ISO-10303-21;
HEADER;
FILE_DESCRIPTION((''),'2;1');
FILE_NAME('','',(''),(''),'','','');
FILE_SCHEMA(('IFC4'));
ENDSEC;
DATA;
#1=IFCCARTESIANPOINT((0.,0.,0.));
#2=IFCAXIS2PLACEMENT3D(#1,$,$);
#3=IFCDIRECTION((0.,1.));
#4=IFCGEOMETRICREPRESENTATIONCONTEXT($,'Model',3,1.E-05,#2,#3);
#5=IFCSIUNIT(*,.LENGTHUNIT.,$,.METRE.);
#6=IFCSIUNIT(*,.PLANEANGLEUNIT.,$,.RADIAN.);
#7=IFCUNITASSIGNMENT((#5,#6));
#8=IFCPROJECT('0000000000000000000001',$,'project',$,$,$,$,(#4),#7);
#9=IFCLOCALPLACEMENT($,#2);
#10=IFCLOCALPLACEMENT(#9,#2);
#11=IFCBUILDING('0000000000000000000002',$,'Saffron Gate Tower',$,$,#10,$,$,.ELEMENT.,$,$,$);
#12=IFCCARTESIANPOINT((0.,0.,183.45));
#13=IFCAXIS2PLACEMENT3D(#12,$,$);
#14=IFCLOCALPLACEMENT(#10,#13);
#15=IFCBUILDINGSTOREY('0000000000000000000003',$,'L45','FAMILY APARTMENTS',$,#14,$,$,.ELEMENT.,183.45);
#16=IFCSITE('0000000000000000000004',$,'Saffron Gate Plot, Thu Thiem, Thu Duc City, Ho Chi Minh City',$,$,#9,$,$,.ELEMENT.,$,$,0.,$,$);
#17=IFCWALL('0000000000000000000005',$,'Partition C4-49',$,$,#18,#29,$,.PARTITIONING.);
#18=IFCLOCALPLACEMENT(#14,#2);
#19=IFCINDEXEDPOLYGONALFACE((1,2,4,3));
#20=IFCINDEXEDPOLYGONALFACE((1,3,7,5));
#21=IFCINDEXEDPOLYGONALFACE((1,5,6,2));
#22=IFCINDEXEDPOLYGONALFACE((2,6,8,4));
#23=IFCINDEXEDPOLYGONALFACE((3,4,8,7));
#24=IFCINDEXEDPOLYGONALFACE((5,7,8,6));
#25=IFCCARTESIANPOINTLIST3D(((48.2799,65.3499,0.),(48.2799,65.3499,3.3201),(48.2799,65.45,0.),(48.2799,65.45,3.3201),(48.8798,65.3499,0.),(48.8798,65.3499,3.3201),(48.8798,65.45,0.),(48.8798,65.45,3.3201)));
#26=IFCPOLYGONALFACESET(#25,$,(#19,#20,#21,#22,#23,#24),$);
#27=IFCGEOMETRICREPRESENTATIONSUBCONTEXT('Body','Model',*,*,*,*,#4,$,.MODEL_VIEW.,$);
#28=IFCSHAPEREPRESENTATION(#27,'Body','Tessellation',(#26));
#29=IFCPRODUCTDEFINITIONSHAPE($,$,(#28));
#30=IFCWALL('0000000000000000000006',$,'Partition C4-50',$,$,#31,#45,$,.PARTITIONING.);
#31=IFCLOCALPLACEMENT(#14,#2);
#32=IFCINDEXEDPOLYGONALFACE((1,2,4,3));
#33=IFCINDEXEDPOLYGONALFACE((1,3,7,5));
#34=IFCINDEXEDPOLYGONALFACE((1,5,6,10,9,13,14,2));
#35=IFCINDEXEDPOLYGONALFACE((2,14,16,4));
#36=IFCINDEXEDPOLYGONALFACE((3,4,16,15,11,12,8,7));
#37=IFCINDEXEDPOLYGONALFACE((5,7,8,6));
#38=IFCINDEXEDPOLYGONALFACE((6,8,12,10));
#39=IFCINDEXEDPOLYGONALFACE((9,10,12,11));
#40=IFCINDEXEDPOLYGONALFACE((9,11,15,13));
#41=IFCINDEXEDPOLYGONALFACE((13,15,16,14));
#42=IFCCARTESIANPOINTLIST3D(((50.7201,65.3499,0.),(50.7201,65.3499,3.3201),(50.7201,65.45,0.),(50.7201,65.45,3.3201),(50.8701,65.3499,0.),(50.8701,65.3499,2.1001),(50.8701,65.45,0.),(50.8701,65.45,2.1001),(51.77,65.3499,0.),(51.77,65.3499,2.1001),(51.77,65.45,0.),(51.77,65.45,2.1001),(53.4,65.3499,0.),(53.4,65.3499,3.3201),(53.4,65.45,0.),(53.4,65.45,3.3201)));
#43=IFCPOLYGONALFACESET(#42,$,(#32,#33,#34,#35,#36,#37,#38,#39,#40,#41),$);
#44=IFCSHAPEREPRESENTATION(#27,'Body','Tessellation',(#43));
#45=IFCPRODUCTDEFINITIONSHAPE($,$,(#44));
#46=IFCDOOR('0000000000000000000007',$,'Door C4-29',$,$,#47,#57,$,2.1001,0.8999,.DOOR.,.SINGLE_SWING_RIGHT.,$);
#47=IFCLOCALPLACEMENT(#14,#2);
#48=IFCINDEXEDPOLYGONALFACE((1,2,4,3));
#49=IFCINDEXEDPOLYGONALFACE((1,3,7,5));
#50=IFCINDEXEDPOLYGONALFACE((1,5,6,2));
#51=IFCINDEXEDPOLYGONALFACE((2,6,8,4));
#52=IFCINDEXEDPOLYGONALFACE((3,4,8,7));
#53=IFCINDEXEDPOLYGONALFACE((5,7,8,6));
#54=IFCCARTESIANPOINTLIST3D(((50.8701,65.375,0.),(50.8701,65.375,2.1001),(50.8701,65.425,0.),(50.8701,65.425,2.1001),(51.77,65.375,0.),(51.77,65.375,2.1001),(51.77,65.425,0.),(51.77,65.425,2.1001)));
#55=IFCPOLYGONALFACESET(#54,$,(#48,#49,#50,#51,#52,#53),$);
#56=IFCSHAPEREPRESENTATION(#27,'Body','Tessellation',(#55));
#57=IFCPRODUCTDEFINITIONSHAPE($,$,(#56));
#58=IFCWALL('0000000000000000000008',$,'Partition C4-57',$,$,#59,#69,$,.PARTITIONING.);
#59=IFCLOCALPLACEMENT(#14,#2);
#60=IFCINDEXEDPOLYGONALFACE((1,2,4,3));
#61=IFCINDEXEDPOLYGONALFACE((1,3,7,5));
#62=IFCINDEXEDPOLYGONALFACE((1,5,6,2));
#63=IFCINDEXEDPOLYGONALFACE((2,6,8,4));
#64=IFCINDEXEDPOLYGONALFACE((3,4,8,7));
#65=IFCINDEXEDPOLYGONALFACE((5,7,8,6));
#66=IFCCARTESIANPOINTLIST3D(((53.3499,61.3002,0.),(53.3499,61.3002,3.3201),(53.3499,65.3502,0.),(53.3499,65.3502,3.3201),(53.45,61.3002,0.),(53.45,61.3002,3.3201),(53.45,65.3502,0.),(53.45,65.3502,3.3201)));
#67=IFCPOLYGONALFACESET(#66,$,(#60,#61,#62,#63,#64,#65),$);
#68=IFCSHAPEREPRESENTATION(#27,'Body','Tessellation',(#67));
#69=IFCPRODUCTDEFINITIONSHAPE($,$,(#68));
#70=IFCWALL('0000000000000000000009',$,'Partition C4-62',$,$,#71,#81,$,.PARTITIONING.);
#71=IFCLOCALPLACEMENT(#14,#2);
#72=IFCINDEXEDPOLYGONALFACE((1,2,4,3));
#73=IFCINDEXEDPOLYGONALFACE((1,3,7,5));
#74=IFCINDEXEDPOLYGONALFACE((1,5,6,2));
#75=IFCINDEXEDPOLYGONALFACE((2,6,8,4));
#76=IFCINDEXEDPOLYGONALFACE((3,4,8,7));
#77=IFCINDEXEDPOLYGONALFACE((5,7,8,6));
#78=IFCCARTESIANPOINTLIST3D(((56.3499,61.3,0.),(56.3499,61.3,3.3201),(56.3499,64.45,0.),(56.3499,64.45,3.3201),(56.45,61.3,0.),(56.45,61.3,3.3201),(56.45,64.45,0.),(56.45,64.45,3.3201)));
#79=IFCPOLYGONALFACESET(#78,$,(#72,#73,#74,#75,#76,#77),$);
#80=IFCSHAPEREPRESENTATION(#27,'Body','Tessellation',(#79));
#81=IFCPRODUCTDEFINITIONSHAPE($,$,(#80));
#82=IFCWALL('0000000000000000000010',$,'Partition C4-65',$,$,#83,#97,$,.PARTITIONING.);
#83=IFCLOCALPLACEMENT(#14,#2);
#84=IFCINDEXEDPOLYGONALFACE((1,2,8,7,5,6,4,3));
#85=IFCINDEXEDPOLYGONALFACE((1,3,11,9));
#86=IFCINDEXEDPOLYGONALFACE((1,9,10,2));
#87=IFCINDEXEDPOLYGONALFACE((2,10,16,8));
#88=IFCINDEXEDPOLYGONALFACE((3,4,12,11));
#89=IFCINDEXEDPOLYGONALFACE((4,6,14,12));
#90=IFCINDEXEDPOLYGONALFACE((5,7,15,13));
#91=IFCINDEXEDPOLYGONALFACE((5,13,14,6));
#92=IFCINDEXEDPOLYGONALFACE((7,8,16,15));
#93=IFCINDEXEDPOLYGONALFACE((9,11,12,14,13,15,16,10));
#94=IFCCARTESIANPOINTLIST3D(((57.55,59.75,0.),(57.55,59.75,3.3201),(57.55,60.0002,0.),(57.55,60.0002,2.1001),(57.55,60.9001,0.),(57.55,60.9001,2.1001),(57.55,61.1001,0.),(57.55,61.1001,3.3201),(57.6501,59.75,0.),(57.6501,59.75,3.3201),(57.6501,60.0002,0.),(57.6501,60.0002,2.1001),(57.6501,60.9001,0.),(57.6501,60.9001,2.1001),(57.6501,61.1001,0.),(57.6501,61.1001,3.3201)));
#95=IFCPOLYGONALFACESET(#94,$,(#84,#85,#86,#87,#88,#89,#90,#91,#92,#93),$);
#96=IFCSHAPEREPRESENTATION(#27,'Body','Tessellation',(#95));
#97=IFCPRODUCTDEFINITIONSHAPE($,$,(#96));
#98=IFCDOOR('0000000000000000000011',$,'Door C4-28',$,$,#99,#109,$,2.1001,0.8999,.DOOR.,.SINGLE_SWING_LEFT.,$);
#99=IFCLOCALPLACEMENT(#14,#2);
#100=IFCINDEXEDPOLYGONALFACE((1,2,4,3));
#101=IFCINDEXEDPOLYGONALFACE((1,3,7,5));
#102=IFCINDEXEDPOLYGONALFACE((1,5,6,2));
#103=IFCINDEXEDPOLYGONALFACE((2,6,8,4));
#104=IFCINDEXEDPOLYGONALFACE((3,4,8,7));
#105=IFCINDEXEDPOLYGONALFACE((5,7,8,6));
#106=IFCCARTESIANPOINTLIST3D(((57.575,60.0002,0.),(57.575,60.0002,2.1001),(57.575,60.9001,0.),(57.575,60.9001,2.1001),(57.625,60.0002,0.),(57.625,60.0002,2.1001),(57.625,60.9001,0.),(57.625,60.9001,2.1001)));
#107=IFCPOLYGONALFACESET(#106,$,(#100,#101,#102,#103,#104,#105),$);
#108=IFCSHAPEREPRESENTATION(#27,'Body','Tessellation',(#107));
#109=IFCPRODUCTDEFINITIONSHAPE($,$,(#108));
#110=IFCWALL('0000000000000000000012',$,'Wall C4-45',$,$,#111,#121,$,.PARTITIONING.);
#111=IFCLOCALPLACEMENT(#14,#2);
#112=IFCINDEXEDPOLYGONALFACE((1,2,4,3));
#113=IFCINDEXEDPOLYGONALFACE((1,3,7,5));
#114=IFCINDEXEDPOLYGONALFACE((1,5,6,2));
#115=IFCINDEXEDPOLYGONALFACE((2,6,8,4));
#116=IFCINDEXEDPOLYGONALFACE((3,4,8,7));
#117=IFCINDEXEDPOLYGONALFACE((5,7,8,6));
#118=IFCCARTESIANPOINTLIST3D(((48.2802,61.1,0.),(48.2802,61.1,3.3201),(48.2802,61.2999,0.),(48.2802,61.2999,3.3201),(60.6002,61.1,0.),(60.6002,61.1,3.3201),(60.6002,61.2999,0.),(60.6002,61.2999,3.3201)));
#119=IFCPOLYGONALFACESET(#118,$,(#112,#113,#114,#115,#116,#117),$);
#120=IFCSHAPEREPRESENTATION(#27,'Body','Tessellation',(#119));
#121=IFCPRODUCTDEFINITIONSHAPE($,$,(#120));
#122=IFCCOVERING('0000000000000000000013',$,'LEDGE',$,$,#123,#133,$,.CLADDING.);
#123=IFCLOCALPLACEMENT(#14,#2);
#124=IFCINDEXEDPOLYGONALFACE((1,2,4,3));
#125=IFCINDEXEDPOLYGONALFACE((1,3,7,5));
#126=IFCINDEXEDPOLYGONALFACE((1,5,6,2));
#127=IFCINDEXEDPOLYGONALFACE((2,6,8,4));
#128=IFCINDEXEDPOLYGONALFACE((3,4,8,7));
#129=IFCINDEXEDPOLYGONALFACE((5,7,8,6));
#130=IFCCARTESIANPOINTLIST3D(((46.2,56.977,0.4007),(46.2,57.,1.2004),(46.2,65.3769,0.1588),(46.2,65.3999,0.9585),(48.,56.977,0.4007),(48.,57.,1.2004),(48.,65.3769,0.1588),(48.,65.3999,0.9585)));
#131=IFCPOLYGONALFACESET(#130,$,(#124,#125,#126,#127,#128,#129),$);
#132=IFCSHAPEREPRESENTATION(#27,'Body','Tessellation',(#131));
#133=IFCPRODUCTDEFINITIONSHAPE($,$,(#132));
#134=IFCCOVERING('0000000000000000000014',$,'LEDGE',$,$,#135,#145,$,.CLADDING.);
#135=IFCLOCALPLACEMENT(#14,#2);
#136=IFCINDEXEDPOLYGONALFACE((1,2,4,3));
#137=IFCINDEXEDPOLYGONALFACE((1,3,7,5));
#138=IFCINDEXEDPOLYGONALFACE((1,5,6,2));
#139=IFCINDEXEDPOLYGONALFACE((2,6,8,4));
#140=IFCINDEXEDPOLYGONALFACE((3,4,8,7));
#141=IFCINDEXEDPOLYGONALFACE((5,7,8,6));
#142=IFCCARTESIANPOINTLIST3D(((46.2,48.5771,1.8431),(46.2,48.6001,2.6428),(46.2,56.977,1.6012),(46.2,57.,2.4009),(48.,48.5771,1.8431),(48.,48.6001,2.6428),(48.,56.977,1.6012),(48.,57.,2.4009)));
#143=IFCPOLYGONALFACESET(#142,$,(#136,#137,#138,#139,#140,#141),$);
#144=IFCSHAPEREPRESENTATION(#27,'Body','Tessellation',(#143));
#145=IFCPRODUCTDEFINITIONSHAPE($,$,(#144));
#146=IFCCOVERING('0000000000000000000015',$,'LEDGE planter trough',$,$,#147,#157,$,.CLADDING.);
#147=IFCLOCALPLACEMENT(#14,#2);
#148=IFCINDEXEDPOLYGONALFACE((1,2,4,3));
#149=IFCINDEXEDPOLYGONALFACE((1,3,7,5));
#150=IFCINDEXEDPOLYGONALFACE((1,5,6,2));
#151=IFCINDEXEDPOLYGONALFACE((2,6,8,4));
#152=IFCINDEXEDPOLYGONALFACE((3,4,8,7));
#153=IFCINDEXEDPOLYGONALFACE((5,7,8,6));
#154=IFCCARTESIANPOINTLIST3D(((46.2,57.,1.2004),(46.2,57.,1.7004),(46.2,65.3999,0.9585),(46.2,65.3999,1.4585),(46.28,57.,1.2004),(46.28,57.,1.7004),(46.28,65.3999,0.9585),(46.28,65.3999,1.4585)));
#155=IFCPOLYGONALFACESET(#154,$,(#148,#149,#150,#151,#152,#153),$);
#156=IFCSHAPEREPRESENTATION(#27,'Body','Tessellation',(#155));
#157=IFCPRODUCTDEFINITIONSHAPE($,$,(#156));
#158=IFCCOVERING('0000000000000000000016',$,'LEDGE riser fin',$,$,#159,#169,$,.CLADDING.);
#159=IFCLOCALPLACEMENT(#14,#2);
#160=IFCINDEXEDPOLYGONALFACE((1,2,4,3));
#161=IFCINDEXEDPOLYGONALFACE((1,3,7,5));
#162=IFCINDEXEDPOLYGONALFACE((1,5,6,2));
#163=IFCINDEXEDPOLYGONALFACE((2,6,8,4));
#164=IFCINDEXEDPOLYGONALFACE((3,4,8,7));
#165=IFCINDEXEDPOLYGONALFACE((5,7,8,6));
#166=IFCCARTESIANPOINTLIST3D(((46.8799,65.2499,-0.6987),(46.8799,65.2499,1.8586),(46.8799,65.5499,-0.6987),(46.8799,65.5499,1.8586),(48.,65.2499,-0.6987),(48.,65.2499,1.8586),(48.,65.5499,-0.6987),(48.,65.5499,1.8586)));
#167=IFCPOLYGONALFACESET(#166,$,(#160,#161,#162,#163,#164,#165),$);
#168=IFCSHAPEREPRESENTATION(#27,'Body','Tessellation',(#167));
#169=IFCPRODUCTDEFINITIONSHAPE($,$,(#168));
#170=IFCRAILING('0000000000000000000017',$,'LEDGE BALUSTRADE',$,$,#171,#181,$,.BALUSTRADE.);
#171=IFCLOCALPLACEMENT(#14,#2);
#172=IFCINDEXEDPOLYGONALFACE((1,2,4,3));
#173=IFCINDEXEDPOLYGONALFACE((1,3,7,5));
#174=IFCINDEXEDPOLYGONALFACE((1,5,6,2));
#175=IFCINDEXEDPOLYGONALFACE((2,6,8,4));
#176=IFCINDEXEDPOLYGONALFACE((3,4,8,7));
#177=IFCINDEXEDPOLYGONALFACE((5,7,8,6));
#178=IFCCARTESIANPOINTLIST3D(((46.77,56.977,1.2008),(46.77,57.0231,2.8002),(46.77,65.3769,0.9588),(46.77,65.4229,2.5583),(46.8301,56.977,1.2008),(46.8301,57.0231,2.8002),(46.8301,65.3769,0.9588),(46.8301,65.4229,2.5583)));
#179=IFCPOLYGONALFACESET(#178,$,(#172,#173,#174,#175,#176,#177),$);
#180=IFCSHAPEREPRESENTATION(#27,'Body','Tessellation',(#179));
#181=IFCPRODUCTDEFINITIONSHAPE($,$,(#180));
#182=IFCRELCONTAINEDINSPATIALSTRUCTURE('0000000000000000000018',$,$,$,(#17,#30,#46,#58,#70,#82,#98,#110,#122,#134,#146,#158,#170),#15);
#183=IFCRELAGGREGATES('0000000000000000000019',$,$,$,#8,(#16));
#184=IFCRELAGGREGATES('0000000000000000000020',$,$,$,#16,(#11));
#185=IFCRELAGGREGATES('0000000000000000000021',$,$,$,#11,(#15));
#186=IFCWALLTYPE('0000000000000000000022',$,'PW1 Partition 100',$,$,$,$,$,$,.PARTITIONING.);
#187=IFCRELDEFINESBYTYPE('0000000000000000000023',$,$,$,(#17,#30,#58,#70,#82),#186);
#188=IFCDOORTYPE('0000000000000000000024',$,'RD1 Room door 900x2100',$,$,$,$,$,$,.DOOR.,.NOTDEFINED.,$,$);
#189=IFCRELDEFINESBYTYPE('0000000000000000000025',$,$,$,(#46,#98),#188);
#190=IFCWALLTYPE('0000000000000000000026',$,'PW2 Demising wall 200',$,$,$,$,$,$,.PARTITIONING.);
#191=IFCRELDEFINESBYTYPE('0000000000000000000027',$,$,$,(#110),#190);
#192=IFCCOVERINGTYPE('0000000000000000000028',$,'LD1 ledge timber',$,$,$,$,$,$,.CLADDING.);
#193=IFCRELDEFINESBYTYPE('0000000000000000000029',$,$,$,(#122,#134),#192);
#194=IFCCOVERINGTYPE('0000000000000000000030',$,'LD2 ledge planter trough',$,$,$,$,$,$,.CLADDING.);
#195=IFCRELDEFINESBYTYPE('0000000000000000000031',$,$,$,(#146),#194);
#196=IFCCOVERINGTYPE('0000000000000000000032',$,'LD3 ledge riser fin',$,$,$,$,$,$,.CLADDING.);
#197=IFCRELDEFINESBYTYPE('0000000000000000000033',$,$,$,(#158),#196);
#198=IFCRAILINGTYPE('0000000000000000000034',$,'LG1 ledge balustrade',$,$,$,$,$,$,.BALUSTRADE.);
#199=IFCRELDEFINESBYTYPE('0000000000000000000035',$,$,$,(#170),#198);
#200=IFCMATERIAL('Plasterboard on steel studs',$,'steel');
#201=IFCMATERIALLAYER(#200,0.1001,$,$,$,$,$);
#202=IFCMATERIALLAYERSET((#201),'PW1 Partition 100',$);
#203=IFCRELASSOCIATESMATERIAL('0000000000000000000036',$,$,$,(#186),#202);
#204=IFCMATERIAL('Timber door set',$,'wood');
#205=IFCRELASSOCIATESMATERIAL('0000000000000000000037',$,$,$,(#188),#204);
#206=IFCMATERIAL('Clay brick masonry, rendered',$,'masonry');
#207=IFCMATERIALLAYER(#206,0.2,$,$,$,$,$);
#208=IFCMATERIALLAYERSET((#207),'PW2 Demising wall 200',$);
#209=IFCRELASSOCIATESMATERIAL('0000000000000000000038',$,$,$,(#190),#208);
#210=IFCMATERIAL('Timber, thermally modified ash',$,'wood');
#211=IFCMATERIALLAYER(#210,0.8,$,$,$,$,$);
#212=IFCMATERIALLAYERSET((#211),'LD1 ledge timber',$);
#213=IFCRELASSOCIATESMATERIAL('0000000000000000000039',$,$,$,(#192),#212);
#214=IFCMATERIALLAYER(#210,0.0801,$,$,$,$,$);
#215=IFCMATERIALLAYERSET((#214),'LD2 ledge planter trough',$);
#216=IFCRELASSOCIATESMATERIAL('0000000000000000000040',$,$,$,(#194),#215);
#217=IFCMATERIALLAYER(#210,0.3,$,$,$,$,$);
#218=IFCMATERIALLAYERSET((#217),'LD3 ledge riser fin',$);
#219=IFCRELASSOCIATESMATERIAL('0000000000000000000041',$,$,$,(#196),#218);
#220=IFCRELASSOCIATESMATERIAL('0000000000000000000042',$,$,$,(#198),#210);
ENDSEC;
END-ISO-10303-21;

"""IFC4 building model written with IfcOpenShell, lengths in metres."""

from ifc_helpers import new_model, si_unit, direction, frame, frame_2d, origin, origin_2d, place, context, subcontext, project, spatial, polyline, rectangle, outline, extrude, material, layer, layer_set, type_object, element, fill, save


model = new_model("IFC4")

# Units and contexts
model_context = context("Model", 3, precision=1e-05, world=origin(), true_north=direction((0.0, 1.0)))
body_context = subcontext(model_context, "Body", "Model", "MODEL_VIEW")
ifc_project = project(units=[si_unit("LENGTHUNIT", "METRE"), si_unit("PLANEANGLEUNIT", "RADIAN")], contexts=[model_context])

# Site, building, storey
site_placement = place(None, origin())
site = spatial("IfcSite", under=ifc_project, at=site_placement, Name="Saffron Gate Plot, Thu Thiem, Thu Duc City, Ho Chi Minh City", CompositionType="ELEMENT", RefElevation=0.0)
building_placement = place(site_placement, origin())
building = spatial("IfcBuilding", under=site, at=building_placement, Name="Saffron Gate Tower", CompositionType="ELEMENT")
storey_placement = place(building_placement, frame((0.0, 0.0, 183.45)))
storey = spatial("IfcBuildingStorey", under=building, at=storey_placement, Name="L45", Description="FAMILY APARTMENTS", CompositionType="ELEMENT", Elevation=183.45)

# Shared definitions
ifc_material_1 = material(Name="Plasterboard on steel studs", Category="steel")
ifc_layer_1 = layer(ifc_material_1, 0.1001)
ifc_layer_set_1 = layer_set([ifc_layer_1], Name="PW1 Partition 100")
wall_type_1 = type_object("IfcWallType", Name="PW1 Partition 100", PredefinedType="PARTITIONING", material=ifc_layer_set_1)

# Shared definitions
ifc_material_2 = material(Name="Timber door set", Category="wood")
door_type = type_object("IfcDoorType", Name="RD1 Room door 900x2100", OperationType="NOTDEFINED", PredefinedType="DOOR", material=ifc_material_2)

# Wall
wall_1_placement = place(storey_placement, frame((48.28, 65.3999, 0.0), z_axis=(0.0, 0.0, 1.0), x_axis=(1.0, 0.0, 0.0)))
element("IfcWall", 1, at=wall_1_placement, inside=storey, type_object=wall_type_1, Name="Partition C4-49", PredefinedType="PARTITIONING", context=body_context, shape_type="SweptSolid", body=[
    extrude(rectangle(XDim=0.5999, YDim=0.1001, at=frame_2d((0.2998, 0.0))), origin(), (0.0, 0.0, 1.0), 3.3201),
])

# Wall, opening, door
wall_2_placement = place(storey_placement, frame((53.3999, 65.3999, 0.0), z_axis=(0.0, 0.0, 1.0), x_axis=(-1.0, 0.0, 0.0)))
wall_2 = element("IfcWall", 2, at=wall_2_placement, inside=storey, type_object=wall_type_1, Name="Partition C4-50", PredefinedType="PARTITIONING", context=body_context, shape_type="SweptSolid", body=[
    extrude(rectangle(XDim=2.6799, YDim=0.1001, at=frame_2d((1.3398, 0.0))), origin(), (0.0, 0.0, 1.0), 3.3201),
])
opening_1_placement = place(wall_2_placement, frame((1.6299, 0.0, 0.0)))
opening_1 = element("IfcOpeningElement", 3, at=opening_1_placement, cuts=wall_2, PredefinedType="OPENING", context=body_context, shape_type="SweptSolid", body=[
    extrude(rectangle(XDim=0.8999, YDim=2.1001, at=frame_2d((0.45, 1.05))), frame((0.0, 0.0601, 0.0), z_axis=(0.0, -1.0, 0.0), x_axis=(1.0, 0.0, 0.0)), (0.0, 0.0, 1.0), 0.1201),
])
door_1_placement = place(opening_1_placement, origin())
door_1 = element("IfcDoor", 4, at=door_1_placement, inside=storey, type_object=door_type, Name="Door C4-29", OperationType="SINGLE_SWING_RIGHT", OverallHeight=2.1001, OverallWidth=0.8999, PredefinedType="DOOR", context=body_context, shape_type="SweptSolid", body=[
    extrude(rectangle(XDim=0.8999, YDim=2.1001, at=frame_2d((0.45, 1.05))), frame((0.0, 0.0249, 0.0), z_axis=(0.0, -1.0, 0.0), x_axis=(1.0, 0.0, 0.0)), (0.0, 0.0, 1.0), 0.05),
])
fill(opening_1, door_1)

# Walls
wall_3_placement = place(storey_placement, frame((53.3999, 65.3501, 0.0), z_axis=(0.0, 0.0, 1.0), x_axis=(0.0, -1.0, 0.0)))
element("IfcWall", 5, at=wall_3_placement, inside=storey, type_object=wall_type_1, Name="Partition C4-57", PredefinedType="PARTITIONING", context=body_context, shape_type="SweptSolid", body=[
    extrude(rectangle(XDim=4.05, YDim=0.1001, at=frame_2d((2.0249, 0.0))), origin(), (0.0, 0.0, 1.0), 3.3201),
])
wall_4_placement = place(storey_placement, frame((56.3999, 64.45, 0.0), z_axis=(0.0, 0.0, 1.0), x_axis=(0.0, -1.0, 0.0)))
element("IfcWall", 6, at=wall_4_placement, inside=storey, type_object=wall_type_1, Name="Partition C4-62", PredefinedType="PARTITIONING", context=body_context, shape_type="SweptSolid", body=[
    extrude(rectangle(XDim=3.1499, YDim=0.1001, at=frame_2d((1.575, 0.0))), origin(), (0.0, 0.0, 1.0), 3.3201),
])

# Wall, opening, door
wall_5_placement = place(storey_placement, frame((57.6001, 61.1001, 0.0), z_axis=(0.0, 0.0, 1.0), x_axis=(0.0, -1.0, 0.0)))
wall_5 = element("IfcWall", 7, at=wall_5_placement, inside=storey, type_object=wall_type_1, Name="Partition C4-65", PredefinedType="PARTITIONING", context=body_context, shape_type="SweptSolid", body=[
    extrude(rectangle(XDim=1.3501, YDim=0.1001, at=frame_2d((0.675, 0.0))), origin(), (0.0, 0.0, 1.0), 3.3201),
])
opening_2_placement = place(wall_5_placement, frame((0.2, 0.0, 0.0)))
opening_2 = element("IfcOpeningElement", 8, at=opening_2_placement, cuts=wall_5, PredefinedType="OPENING", context=body_context, shape_type="SweptSolid", body=[
    extrude(rectangle(XDim=0.8999, YDim=2.1001, at=frame_2d((0.45, 1.05))), frame((0.0, 0.0601, 0.0), z_axis=(0.0, -1.0, 0.0), x_axis=(1.0, 0.0, 0.0)), (0.0, 0.0, 1.0), 0.1201),
])
door_2_placement = place(opening_2_placement, origin())
door_2 = element("IfcDoor", 9, at=door_2_placement, inside=storey, type_object=door_type, Name="Door C4-28", OperationType="SINGLE_SWING_LEFT", OverallHeight=2.1001, OverallWidth=0.8999, PredefinedType="DOOR", context=body_context, shape_type="SweptSolid", body=[
    extrude(rectangle(XDim=0.8999, YDim=2.1001, at=frame_2d((0.45, 1.05))), frame((0.0, 0.0249, 0.0), z_axis=(0.0, -1.0, 0.0), x_axis=(1.0, 0.0, 0.0)), (0.0, 0.0, 1.0), 0.05),
])
fill(opening_2, door_2)

# Wall
ifc_material_3 = material(Name="Clay brick masonry, rendered", Category="masonry")
ifc_layer_2 = layer(ifc_material_3, 0.2)
ifc_layer_set_2 = layer_set([ifc_layer_2], Name="PW2 Demising wall 200")
wall_type_2 = type_object("IfcWallType", Name="PW2 Demising wall 200", PredefinedType="PARTITIONING", material=ifc_layer_set_2)
wall_6_placement = place(storey_placement, frame((48.28, 61.2, 0.0), z_axis=(0.0, 0.0, 1.0), x_axis=(1.0, 0.0, 0.0)))
element("IfcWall", 10, at=wall_6_placement, inside=storey, type_object=wall_type_2, Name="Wall C4-45", PredefinedType="PARTITIONING", context=body_context, shape_type="SweptSolid", body=[
    extrude(rectangle(XDim=12.3201, YDim=0.2, at=frame_2d((6.1602, 0.0))), origin(), (0.0, 0.0, 1.0), 3.3201),
])

# Coverings
ifc_material_4 = material(Name="Timber, thermally modified ash", Category="wood")
ifc_layer_3 = layer(ifc_material_4, 0.8)
ifc_layer_set_3 = layer_set([ifc_layer_3], Name="LD1 ledge timber")
covering_type_1 = type_object("IfcCoveringType", Name="LD1 ledge timber", PredefinedType="CLADDING", material=ifc_layer_set_3)
for number, where, z_axis, x_axis, name in (
    (11, (48.0, 65.3999, 0.9585), (0.0, 0.028791, 0.999585), (0.0, -0.999585, 0.028791), "LEDGE"),
    (12, (48.0, 57.0, 2.4009), (0.0, 0.028791, 0.999585), (0.0, -0.999585, 0.028791), "LEDGE"),
):
    element("IfcCovering", number, at=place(storey_placement, frame(where, z_axis=z_axis, x_axis=x_axis)), inside=storey, type_object=covering_type_1, Name=name, PredefinedType="CLADDING", context=body_context, shape_type="SweptSolid", body=[
        extrude(outline(polyline([(0.0, 0.0), (8.4034, 0.0), (8.4034, -1.8), (0.0, -1.8), (0.0, 0.0)])), origin(), (0.0, 0.0, -1.0), 0.8),
    ])
ifc_layer_4 = layer(ifc_material_4, 0.0801)
ifc_layer_set_4 = layer_set([ifc_layer_4], Name="LD2 ledge planter trough")
covering_type_2 = type_object("IfcCoveringType", Name="LD2 ledge planter trough", PredefinedType="CLADDING", material=ifc_layer_set_4)
covering_1_placement = place(storey_placement, frame((46.2, 65.3999, 0.9585), z_axis=(-1.0, 0.0, 0.0), x_axis=(0.0, -0.999585, 0.028791)))
element("IfcCovering", 13, at=covering_1_placement, inside=storey, type_object=covering_type_2, Name="LEDGE planter trough", PredefinedType="CLADDING", context=body_context, shape_type="SweptSolid", body=[
    extrude(outline(polyline([(0.0, 0.0), (8.4034, 0.0), (8.4178, 0.4998), (0.0144, 0.4998), (0.0, 0.0)])), origin(), (0.0, 0.0, -1.0), 0.0801),
])
ifc_layer_5 = layer(ifc_material_4, 0.3)
ifc_layer_set_5 = layer_set([ifc_layer_5], Name="LD3 ledge riser fin")
covering_type_3 = type_object("IfcCoveringType", Name="LD3 ledge riser fin", PredefinedType="CLADDING", material=ifc_layer_set_5)
covering_2_placement = place(storey_placement, frame((47.4399, 65.3999, -0.6987), z_axis=(0.0, 0.0, 1.0), x_axis=(0.0, -1.0, 0.0)))
element("IfcCovering", 14, at=covering_2_placement, inside=storey, type_object=covering_type_3, Name="LEDGE riser fin", PredefinedType="CLADDING", context=body_context, shape_type="SweptSolid", body=[
    extrude(rectangle(XDim=0.3, YDim=1.1201, at=origin_2d()), origin(), (0.0, 0.0, 1.0), 2.5574),
])

# Railing
railing_type = type_object("IfcRailingType", Name="LG1 ledge balustrade", PredefinedType="BALUSTRADE", material=ifc_material_4)
railing_1_placement = place(storey_placement, frame((46.8, 65.3999, 0.9585)))
element("IfcRailing", 15, at=railing_1_placement, inside=storey, type_object=railing_type, Name="LEDGE BALUSTRADE", PredefinedType="BALUSTRADE", context=body_context, shape_type="SweptSolid", body=[
    extrude(rectangle(XDim=0.0601, YDim=1.6001, at=origin_2d()), frame((0.0, 0.0, 0.8), z_axis=(0.0, -0.999585, 0.028791), x_axis=(1.0, 0.0, 0.0)), (0.0, 0.0, 1.0), 8.4033),
])

save(model, "model.ifc")
